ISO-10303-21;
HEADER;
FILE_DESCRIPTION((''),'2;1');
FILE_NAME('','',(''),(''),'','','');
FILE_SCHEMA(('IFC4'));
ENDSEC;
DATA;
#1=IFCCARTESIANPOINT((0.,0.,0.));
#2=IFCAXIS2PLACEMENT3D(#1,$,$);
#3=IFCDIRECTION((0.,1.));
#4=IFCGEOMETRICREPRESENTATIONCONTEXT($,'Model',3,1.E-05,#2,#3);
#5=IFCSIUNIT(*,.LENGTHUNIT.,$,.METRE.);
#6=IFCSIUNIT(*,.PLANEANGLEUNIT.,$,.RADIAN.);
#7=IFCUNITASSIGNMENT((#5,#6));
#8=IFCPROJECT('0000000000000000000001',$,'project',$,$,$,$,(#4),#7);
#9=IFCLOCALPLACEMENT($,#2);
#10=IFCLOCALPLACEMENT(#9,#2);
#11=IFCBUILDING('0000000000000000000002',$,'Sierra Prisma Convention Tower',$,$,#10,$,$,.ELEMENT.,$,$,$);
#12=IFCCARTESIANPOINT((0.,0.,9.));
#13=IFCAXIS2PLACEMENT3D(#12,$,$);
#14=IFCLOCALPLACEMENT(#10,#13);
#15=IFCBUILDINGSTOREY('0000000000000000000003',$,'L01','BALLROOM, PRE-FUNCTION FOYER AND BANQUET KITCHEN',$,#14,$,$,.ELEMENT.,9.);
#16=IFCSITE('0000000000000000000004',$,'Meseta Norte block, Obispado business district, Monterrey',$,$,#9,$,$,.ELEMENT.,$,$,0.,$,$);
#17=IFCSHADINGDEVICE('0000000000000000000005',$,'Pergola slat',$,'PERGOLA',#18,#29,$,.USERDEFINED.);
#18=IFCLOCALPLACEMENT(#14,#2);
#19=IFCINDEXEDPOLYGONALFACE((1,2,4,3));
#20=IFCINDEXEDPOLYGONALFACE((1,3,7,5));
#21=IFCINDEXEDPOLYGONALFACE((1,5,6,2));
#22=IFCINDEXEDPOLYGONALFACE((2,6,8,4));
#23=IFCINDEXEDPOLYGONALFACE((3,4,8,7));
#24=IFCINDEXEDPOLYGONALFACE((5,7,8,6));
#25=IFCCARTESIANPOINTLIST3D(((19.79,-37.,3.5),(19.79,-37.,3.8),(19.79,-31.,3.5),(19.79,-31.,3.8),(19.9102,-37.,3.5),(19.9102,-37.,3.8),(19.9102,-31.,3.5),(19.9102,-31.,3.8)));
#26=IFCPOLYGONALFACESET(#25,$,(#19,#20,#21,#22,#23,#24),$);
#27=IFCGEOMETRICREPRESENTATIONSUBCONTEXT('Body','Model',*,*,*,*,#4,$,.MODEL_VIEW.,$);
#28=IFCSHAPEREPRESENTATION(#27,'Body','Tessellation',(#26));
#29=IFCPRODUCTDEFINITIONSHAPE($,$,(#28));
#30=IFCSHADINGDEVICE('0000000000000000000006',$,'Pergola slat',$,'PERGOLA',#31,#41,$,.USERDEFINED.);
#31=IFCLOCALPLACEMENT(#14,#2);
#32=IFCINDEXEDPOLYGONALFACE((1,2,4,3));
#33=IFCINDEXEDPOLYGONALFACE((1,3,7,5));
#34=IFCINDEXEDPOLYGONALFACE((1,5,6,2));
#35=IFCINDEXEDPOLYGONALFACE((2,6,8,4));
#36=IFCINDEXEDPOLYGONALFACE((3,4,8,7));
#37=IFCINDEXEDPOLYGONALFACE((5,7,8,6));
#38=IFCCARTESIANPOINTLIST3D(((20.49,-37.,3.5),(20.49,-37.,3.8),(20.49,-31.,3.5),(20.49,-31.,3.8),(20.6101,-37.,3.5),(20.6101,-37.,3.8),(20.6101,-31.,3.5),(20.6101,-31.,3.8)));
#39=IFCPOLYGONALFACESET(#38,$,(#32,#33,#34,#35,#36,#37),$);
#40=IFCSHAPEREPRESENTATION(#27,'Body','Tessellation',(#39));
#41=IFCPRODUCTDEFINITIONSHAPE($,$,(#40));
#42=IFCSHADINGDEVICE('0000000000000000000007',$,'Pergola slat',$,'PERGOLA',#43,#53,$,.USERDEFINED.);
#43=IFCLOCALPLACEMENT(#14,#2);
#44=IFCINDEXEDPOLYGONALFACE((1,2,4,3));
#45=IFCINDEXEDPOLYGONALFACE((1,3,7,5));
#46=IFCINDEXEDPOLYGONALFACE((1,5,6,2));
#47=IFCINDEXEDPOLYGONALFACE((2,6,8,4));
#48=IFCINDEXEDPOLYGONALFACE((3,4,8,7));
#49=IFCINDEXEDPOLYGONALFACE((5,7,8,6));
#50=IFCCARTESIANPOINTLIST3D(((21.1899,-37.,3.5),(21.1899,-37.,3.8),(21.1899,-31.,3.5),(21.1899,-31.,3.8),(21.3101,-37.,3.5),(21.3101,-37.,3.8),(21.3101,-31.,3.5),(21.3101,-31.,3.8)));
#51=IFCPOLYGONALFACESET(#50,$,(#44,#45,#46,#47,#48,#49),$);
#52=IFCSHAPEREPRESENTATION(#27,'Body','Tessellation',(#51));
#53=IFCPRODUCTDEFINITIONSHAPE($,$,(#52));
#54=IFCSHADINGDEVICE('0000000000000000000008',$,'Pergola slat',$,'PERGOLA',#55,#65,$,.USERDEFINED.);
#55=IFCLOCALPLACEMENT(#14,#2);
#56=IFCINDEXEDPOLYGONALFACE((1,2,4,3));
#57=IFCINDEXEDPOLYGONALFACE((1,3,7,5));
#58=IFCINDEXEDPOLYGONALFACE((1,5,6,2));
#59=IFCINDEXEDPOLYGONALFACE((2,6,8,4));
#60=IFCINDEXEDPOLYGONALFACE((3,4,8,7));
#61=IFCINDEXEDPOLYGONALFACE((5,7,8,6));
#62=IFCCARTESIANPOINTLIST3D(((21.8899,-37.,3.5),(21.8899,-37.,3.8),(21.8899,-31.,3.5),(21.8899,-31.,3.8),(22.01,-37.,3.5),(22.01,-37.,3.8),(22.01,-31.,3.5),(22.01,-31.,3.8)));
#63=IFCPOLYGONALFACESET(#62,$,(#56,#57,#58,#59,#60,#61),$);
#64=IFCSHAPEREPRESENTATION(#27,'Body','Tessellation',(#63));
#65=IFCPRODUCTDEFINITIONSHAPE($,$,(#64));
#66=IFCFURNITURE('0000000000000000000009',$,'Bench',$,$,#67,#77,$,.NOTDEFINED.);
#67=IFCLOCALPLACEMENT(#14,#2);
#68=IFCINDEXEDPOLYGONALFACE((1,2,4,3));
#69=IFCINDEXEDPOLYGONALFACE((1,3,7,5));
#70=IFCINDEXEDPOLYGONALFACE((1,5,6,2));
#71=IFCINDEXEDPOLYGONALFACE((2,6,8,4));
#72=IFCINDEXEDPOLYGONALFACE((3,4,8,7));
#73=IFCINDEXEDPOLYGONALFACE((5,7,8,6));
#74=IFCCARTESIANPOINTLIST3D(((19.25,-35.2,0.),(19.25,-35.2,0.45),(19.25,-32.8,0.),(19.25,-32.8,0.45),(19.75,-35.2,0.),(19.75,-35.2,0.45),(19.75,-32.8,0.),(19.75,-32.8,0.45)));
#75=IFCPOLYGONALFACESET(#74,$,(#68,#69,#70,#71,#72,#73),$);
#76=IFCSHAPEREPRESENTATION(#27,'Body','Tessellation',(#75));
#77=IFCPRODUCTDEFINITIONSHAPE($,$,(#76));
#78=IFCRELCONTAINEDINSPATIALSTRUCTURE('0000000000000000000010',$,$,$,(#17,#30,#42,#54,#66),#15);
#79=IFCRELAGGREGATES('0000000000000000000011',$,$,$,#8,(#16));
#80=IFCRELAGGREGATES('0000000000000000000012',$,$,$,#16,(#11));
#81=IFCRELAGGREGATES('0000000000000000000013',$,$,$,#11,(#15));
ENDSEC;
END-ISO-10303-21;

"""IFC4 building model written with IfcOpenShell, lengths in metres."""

from ifc_helpers import new_model, si_unit, direction, frame, origin, origin_2d, place, context, subcontext, project, spatial, rectangle, extrude, element, save


model = new_model("IFC4")

# Units and contexts
model_context = context("Model", 3, precision=1e-05, world=origin(), true_north=direction((0.0, 1.0)))
body_context = subcontext(model_context, "Body", "Model", "MODEL_VIEW")
ifc_project = project(units=[si_unit("LENGTHUNIT", "METRE"), si_unit("PLANEANGLEUNIT", "RADIAN")], contexts=[model_context])

# Site, building, storey
site_placement = place(None, origin())
site = spatial("IfcSite", under=ifc_project, at=site_placement, Name="Meseta Norte block, Obispado business district, Monterrey", CompositionType="ELEMENT", RefElevation=0.0)
building_placement = place(site_placement, origin())
building = spatial("IfcBuilding", under=site, at=building_placement, Name="Sierra Prisma Convention Tower", CompositionType="ELEMENT")
storey_placement = place(building_placement, frame((0.0, 0.0, 9.0)))
storey = spatial("IfcBuildingStorey", under=building, at=storey_placement, Name="L01", Description="BALLROOM, PRE-FUNCTION FOYER AND BANQUET KITCHEN", CompositionType="ELEMENT", Elevation=9.0)

# Shading devices
for number, where, z_axis, x_axis, name in (
    (1, (19.8501, -34.0, 3.5), (0.0, 0.0, 1.0), (1.0, 0.0, 0.0), "Pergola slat"),
    (2, (20.55, -34.0, 3.5), (0.0, 0.0, 1.0), (1.0, 0.0, 0.0), "Pergola slat"),
    (3, (21.25, -34.0, 3.5), (0.0, 0.0, 1.0), (1.0, 0.0, 0.0), "Pergola slat"),
    (4, (21.95, -34.0, 3.5), (0.0, 0.0, 1.0), (1.0, 0.0, 0.0), "Pergola slat"),
):
    element("IfcShadingDevice", number, at=place(storey_placement, frame(where, z_axis=z_axis, x_axis=x_axis)), inside=storey, Name=name, ObjectType="PERGOLA", PredefinedType="USERDEFINED", context=body_context, shape_type="SweptSolid", body=[
        extrude(rectangle(XDim=0.1201, YDim=6.0, at=origin_2d()), origin(), (0.0, 0.0, 1.0), 0.3),
    ])

# Furniture
furniture_placement = place(storey_placement, frame((19.5, -34.0, 0.0), z_axis=(0.0, 0.0, 1.0), x_axis=(0.0, 1.0, 0.0)))
element("IfcFurniture", 5, at=furniture_placement, inside=storey, Name="Bench", PredefinedType="NOTDEFINED", context=body_context, shape_type="SweptSolid", body=[
    extrude(rectangle(XDim=2.3999, YDim=0.5, at=origin_2d()), origin(), (0.0, 0.0, 1.0), 0.45),
])

save(model, "model.ifc")
